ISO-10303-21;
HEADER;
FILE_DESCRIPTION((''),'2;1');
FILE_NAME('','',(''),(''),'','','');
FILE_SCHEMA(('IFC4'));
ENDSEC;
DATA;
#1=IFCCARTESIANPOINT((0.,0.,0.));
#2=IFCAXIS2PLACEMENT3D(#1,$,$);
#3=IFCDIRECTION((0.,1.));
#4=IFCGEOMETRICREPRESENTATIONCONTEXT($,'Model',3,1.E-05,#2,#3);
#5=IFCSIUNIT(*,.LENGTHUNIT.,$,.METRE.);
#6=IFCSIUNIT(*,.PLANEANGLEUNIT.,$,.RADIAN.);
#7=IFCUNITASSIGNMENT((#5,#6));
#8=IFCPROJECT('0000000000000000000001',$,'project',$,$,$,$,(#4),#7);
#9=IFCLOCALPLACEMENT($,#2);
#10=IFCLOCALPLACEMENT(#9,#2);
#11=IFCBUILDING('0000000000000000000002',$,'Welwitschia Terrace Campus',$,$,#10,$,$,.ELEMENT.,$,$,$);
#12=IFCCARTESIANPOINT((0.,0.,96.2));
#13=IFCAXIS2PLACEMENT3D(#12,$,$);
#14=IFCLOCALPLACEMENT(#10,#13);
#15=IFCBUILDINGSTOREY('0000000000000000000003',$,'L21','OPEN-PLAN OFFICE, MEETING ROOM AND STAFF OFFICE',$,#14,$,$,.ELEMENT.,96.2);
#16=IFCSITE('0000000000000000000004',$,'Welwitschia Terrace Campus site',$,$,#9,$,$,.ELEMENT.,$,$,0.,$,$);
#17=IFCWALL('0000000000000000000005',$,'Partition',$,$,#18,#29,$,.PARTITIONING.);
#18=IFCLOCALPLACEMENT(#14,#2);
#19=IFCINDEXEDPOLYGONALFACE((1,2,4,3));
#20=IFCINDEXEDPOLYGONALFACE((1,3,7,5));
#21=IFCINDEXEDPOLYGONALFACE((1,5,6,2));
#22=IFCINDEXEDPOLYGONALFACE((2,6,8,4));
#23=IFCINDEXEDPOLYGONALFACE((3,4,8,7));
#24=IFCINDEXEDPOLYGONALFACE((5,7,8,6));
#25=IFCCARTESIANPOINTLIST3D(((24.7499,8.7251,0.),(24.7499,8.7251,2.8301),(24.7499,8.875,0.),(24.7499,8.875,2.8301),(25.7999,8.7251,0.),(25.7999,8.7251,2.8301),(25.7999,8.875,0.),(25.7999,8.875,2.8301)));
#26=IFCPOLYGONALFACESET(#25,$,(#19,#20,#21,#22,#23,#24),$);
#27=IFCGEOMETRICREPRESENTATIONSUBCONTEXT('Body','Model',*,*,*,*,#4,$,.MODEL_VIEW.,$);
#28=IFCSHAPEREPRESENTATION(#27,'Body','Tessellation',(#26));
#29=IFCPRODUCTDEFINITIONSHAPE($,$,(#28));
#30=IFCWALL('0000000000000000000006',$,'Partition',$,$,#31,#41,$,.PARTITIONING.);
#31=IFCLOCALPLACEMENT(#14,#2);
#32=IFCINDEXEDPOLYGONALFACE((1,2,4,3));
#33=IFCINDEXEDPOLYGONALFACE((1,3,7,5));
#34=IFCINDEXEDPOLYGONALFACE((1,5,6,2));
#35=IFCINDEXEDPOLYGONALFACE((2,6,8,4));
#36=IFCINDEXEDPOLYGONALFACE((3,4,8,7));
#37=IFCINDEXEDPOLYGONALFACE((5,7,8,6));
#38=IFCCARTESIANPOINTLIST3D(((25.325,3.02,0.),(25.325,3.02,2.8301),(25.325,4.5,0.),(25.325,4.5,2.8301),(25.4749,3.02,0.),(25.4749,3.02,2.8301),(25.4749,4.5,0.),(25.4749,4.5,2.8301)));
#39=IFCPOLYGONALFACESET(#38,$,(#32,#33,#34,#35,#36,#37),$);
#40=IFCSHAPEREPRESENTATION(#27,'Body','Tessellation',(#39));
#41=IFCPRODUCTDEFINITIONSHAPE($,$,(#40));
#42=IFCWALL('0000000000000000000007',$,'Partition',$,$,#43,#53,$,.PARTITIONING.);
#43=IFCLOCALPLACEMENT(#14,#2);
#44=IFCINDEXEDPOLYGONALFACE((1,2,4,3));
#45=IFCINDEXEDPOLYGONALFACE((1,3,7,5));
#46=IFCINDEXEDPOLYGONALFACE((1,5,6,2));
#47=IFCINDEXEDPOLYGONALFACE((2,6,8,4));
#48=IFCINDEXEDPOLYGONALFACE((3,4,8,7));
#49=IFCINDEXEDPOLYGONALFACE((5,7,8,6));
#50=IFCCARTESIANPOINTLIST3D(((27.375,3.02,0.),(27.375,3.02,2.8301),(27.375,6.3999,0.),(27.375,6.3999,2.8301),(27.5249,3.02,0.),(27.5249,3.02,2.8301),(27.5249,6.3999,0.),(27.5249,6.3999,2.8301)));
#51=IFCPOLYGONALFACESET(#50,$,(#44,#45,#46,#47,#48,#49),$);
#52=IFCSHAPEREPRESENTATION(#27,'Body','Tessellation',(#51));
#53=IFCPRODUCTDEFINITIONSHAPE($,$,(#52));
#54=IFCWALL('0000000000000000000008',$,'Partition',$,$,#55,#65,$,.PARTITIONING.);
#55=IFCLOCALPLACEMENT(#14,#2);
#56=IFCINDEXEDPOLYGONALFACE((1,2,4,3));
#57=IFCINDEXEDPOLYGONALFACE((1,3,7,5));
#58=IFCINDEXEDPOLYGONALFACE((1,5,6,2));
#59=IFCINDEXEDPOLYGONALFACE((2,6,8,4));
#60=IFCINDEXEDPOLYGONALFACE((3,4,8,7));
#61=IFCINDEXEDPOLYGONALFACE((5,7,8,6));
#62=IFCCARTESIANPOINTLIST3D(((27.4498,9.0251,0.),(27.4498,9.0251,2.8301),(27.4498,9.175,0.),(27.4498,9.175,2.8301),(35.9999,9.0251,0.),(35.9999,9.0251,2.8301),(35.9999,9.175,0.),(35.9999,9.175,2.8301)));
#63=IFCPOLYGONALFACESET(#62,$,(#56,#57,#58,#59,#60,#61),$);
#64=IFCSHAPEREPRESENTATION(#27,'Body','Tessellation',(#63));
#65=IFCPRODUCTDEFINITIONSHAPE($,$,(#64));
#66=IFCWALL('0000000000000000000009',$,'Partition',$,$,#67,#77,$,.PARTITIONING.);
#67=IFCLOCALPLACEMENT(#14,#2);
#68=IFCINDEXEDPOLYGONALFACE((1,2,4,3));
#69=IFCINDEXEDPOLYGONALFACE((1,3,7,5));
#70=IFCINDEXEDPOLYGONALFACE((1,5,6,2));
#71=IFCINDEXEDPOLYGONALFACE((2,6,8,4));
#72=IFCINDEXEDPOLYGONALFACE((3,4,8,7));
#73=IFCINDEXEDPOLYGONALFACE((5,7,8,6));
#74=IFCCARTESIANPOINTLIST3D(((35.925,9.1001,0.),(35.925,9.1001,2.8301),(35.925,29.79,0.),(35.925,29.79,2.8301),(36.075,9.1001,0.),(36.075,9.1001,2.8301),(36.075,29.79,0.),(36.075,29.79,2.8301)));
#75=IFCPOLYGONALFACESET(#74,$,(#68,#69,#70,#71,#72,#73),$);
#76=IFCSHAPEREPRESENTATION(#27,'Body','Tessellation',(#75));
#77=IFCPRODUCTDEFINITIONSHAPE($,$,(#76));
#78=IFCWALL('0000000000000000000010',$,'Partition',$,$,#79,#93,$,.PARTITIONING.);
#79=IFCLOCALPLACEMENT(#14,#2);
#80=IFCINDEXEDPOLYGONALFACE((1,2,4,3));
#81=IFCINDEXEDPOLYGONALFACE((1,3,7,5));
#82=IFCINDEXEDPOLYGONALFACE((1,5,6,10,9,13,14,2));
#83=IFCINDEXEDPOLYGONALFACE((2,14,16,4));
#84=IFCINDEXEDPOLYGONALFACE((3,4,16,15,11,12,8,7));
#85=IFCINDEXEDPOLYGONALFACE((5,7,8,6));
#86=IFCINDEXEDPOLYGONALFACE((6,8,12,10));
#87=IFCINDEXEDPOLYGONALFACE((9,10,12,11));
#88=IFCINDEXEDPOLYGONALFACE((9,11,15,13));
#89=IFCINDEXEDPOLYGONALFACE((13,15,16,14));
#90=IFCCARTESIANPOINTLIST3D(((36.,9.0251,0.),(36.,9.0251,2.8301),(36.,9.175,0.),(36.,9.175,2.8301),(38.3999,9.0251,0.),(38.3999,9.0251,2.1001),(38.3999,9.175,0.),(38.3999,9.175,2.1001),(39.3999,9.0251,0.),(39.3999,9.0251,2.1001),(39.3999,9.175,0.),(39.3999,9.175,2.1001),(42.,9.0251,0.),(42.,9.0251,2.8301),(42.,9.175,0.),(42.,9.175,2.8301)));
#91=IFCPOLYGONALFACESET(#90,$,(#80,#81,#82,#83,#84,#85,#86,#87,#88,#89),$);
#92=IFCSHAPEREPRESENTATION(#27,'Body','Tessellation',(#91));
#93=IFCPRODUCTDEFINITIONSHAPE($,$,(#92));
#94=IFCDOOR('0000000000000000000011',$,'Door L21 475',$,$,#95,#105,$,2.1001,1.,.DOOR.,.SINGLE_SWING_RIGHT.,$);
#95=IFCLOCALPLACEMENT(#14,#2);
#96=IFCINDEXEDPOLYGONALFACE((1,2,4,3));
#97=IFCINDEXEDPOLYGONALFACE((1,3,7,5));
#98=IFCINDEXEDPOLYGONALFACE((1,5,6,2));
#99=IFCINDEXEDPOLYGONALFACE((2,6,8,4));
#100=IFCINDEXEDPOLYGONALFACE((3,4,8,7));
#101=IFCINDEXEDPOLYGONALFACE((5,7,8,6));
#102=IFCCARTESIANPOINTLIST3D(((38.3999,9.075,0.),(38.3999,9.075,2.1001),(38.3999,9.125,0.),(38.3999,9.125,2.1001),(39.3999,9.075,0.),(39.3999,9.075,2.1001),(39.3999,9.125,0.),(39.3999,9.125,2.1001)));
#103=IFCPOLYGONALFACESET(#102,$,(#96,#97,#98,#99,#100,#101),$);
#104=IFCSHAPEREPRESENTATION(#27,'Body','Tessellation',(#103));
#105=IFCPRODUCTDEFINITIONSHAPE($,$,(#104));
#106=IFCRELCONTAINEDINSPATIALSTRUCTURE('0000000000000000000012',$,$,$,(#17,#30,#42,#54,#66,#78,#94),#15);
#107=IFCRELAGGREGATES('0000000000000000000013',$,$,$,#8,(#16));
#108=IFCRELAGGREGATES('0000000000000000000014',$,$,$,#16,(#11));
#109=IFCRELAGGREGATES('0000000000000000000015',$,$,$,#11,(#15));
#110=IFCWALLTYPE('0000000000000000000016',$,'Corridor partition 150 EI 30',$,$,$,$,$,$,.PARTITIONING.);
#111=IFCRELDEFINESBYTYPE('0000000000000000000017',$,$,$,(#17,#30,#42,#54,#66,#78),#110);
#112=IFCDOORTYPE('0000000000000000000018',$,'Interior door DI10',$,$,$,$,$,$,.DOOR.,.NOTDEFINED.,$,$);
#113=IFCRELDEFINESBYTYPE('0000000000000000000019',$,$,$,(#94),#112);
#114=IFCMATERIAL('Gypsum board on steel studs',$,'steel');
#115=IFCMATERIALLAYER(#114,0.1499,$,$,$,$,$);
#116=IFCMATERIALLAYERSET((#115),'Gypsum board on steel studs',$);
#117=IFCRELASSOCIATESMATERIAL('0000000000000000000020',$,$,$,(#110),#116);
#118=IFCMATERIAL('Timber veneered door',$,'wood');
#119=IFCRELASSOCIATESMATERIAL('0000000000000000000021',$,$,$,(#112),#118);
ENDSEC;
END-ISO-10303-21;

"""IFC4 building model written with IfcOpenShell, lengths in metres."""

from ifc_helpers import new_model, si_unit, direction, frame, frame_2d, origin, place, context, subcontext, project, spatial, rectangle, extrude, material, layer, layer_set, type_object, element, fill, save


model = new_model("IFC4")

# Units and contexts
model_context = context("Model", 3, precision=1e-05, world=origin(), true_north=direction((0.0, 1.0)))
body_context = subcontext(model_context, "Body", "Model", "MODEL_VIEW")
ifc_project = project(units=[si_unit("LENGTHUNIT", "METRE"), si_unit("PLANEANGLEUNIT", "RADIAN")], contexts=[model_context])

# Site, building, storey
site_placement = place(None, origin())
site = spatial("IfcSite", under=ifc_project, at=site_placement, Name="Welwitschia Terrace Campus site", CompositionType="ELEMENT", RefElevation=0.0)
building_placement = place(site_placement, origin())
building = spatial("IfcBuilding", under=site, at=building_placement, Name="Welwitschia Terrace Campus", CompositionType="ELEMENT")
storey_placement = place(building_placement, frame((0.0, 0.0, 96.2)))
storey = spatial("IfcBuildingStorey", under=building, at=storey_placement, Name="L21", Description="OPEN-PLAN OFFICE, MEETING ROOM AND STAFF OFFICE", CompositionType="ELEMENT", Elevation=96.2)

# Walls
ifc_material_1 = material(Name="Gypsum board on steel studs", Category="steel")
ifc_layer_1 = layer(ifc_material_1, 0.1499)
ifc_layer_set_1 = layer_set([ifc_layer_1], Name="Gypsum board on steel studs")
wall_type = type_object("IfcWallType", Name="Corridor partition 150 EI 30", PredefinedType="PARTITIONING", material=ifc_layer_set_1)
wall_1_placement = place(storey_placement, frame((24.75, 8.8, 0.0), z_axis=(0.0, 0.0, 1.0), x_axis=(1.0, 0.0, 0.0)))
element("IfcWall", 1, at=wall_1_placement, inside=storey, type_object=wall_type, Name="Partition", PredefinedType="PARTITIONING", context=body_context, shape_type="SweptSolid", body=[
    extrude(rectangle(XDim=1.05, YDim=0.1499, at=frame_2d((0.5249, 0.0))), origin(), (0.0, 0.0, 1.0), 2.8301),
])
wall_2_placement = place(storey_placement, frame((25.3999, 3.02, 0.0), z_axis=(0.0, 0.0, 1.0), x_axis=(0.0, 1.0, 0.0)))
element("IfcWall", 2, at=wall_2_placement, inside=storey, type_object=wall_type, Name="Partition", PredefinedType="PARTITIONING", context=body_context, shape_type="SweptSolid", body=[
    extrude(rectangle(XDim=1.48, YDim=0.1499, at=frame_2d((0.74, 0.0))), origin(), (0.0, 0.0, 1.0), 2.8301),
])
wall_3_placement = place(storey_placement, frame((27.45, 3.02, 0.0), z_axis=(0.0, 0.0, 1.0), x_axis=(0.0, 1.0, 0.0)))
element("IfcWall", 3, at=wall_3_placement, inside=storey, type_object=wall_type, Name="Partition", PredefinedType="PARTITIONING", context=body_context, shape_type="SweptSolid", body=[
    extrude(rectangle(XDim=3.3799, YDim=0.1499, at=frame_2d((1.6899, 0.0))), origin(), (0.0, 0.0, 1.0), 2.8301),
])
wall_4_placement = place(storey_placement, frame((27.45, 9.1001, 0.0), z_axis=(0.0, 0.0, 1.0), x_axis=(1.0, 0.0, 0.0)))
element("IfcWall", 4, at=wall_4_placement, inside=storey, type_object=wall_type, Name="Partition", PredefinedType="PARTITIONING", context=body_context, shape_type="SweptSolid", body=[
    extrude(rectangle(XDim=8.55, YDim=0.1499, at=frame_2d((4.2749, 0.0))), origin(), (0.0, 0.0, 1.0), 2.8301),
])
wall_5_placement = place(storey_placement, frame((36.0, 9.1001, 0.0), z_axis=(0.0, 0.0, 1.0), x_axis=(0.0, 1.0, 0.0)))
element("IfcWall", 5, at=wall_5_placement, inside=storey, type_object=wall_type, Name="Partition", PredefinedType="PARTITIONING", context=body_context, shape_type="SweptSolid", body=[
    extrude(rectangle(XDim=20.6899, YDim=0.1499, at=frame_2d((10.345, 0.0))), origin(), (0.0, 0.0, 1.0), 2.8301),
])

# Wall, opening, door
wall_6_placement = place(storey_placement, frame((36.0, 9.1001, 0.0), z_axis=(0.0, 0.0, 1.0), x_axis=(1.0, 0.0, 0.0)))
wall_6 = element("IfcWall", 6, at=wall_6_placement, inside=storey, type_object=wall_type, Name="Partition", PredefinedType="PARTITIONING", context=body_context, shape_type="SweptSolid", body=[
    extrude(rectangle(XDim=6.0, YDim=0.1499, at=frame_2d((3.0, 0.0))), origin(), (0.0, 0.0, 1.0), 2.8301),
])
opening_placement = place(wall_6_placement, frame((2.3999, 0.0, 0.0)))
opening = element("IfcOpeningElement", 7, at=opening_placement, cuts=wall_6, PredefinedType="OPENING", context=body_context, shape_type="SweptSolid", body=[
    extrude(rectangle(XDim=1.0, YDim=2.1001, at=frame_2d((0.5, 1.05))), frame((0.0, 0.085, 0.0), z_axis=(0.0, -1.0, 0.0), x_axis=(1.0, 0.0, 0.0)), (0.0, 0.0, 1.0), 0.1699),
])
ifc_material_2 = material(Name="Timber veneered door", Category="wood")
door_type = type_object("IfcDoorType", Name="Interior door DI10", OperationType="NOTDEFINED", PredefinedType="DOOR", material=ifc_material_2)
door_placement = place(opening_placement, origin())
door = element("IfcDoor", 8, at=door_placement, inside=storey, type_object=door_type, Name="Door L21 475", OperationType="SINGLE_SWING_RIGHT", OverallHeight=2.1001, OverallWidth=1.0, PredefinedType="DOOR", context=body_context, shape_type="SweptSolid", body=[
    extrude(rectangle(XDim=1.0, YDim=2.1001, at=frame_2d((0.5, 1.05))), frame((0.0, 0.0249, 0.0), z_axis=(0.0, -1.0, 0.0), x_axis=(1.0, 0.0, 0.0)), (0.0, 0.0, 1.0), 0.05),
])
fill(opening, door)

save(model, "model.ifc")
